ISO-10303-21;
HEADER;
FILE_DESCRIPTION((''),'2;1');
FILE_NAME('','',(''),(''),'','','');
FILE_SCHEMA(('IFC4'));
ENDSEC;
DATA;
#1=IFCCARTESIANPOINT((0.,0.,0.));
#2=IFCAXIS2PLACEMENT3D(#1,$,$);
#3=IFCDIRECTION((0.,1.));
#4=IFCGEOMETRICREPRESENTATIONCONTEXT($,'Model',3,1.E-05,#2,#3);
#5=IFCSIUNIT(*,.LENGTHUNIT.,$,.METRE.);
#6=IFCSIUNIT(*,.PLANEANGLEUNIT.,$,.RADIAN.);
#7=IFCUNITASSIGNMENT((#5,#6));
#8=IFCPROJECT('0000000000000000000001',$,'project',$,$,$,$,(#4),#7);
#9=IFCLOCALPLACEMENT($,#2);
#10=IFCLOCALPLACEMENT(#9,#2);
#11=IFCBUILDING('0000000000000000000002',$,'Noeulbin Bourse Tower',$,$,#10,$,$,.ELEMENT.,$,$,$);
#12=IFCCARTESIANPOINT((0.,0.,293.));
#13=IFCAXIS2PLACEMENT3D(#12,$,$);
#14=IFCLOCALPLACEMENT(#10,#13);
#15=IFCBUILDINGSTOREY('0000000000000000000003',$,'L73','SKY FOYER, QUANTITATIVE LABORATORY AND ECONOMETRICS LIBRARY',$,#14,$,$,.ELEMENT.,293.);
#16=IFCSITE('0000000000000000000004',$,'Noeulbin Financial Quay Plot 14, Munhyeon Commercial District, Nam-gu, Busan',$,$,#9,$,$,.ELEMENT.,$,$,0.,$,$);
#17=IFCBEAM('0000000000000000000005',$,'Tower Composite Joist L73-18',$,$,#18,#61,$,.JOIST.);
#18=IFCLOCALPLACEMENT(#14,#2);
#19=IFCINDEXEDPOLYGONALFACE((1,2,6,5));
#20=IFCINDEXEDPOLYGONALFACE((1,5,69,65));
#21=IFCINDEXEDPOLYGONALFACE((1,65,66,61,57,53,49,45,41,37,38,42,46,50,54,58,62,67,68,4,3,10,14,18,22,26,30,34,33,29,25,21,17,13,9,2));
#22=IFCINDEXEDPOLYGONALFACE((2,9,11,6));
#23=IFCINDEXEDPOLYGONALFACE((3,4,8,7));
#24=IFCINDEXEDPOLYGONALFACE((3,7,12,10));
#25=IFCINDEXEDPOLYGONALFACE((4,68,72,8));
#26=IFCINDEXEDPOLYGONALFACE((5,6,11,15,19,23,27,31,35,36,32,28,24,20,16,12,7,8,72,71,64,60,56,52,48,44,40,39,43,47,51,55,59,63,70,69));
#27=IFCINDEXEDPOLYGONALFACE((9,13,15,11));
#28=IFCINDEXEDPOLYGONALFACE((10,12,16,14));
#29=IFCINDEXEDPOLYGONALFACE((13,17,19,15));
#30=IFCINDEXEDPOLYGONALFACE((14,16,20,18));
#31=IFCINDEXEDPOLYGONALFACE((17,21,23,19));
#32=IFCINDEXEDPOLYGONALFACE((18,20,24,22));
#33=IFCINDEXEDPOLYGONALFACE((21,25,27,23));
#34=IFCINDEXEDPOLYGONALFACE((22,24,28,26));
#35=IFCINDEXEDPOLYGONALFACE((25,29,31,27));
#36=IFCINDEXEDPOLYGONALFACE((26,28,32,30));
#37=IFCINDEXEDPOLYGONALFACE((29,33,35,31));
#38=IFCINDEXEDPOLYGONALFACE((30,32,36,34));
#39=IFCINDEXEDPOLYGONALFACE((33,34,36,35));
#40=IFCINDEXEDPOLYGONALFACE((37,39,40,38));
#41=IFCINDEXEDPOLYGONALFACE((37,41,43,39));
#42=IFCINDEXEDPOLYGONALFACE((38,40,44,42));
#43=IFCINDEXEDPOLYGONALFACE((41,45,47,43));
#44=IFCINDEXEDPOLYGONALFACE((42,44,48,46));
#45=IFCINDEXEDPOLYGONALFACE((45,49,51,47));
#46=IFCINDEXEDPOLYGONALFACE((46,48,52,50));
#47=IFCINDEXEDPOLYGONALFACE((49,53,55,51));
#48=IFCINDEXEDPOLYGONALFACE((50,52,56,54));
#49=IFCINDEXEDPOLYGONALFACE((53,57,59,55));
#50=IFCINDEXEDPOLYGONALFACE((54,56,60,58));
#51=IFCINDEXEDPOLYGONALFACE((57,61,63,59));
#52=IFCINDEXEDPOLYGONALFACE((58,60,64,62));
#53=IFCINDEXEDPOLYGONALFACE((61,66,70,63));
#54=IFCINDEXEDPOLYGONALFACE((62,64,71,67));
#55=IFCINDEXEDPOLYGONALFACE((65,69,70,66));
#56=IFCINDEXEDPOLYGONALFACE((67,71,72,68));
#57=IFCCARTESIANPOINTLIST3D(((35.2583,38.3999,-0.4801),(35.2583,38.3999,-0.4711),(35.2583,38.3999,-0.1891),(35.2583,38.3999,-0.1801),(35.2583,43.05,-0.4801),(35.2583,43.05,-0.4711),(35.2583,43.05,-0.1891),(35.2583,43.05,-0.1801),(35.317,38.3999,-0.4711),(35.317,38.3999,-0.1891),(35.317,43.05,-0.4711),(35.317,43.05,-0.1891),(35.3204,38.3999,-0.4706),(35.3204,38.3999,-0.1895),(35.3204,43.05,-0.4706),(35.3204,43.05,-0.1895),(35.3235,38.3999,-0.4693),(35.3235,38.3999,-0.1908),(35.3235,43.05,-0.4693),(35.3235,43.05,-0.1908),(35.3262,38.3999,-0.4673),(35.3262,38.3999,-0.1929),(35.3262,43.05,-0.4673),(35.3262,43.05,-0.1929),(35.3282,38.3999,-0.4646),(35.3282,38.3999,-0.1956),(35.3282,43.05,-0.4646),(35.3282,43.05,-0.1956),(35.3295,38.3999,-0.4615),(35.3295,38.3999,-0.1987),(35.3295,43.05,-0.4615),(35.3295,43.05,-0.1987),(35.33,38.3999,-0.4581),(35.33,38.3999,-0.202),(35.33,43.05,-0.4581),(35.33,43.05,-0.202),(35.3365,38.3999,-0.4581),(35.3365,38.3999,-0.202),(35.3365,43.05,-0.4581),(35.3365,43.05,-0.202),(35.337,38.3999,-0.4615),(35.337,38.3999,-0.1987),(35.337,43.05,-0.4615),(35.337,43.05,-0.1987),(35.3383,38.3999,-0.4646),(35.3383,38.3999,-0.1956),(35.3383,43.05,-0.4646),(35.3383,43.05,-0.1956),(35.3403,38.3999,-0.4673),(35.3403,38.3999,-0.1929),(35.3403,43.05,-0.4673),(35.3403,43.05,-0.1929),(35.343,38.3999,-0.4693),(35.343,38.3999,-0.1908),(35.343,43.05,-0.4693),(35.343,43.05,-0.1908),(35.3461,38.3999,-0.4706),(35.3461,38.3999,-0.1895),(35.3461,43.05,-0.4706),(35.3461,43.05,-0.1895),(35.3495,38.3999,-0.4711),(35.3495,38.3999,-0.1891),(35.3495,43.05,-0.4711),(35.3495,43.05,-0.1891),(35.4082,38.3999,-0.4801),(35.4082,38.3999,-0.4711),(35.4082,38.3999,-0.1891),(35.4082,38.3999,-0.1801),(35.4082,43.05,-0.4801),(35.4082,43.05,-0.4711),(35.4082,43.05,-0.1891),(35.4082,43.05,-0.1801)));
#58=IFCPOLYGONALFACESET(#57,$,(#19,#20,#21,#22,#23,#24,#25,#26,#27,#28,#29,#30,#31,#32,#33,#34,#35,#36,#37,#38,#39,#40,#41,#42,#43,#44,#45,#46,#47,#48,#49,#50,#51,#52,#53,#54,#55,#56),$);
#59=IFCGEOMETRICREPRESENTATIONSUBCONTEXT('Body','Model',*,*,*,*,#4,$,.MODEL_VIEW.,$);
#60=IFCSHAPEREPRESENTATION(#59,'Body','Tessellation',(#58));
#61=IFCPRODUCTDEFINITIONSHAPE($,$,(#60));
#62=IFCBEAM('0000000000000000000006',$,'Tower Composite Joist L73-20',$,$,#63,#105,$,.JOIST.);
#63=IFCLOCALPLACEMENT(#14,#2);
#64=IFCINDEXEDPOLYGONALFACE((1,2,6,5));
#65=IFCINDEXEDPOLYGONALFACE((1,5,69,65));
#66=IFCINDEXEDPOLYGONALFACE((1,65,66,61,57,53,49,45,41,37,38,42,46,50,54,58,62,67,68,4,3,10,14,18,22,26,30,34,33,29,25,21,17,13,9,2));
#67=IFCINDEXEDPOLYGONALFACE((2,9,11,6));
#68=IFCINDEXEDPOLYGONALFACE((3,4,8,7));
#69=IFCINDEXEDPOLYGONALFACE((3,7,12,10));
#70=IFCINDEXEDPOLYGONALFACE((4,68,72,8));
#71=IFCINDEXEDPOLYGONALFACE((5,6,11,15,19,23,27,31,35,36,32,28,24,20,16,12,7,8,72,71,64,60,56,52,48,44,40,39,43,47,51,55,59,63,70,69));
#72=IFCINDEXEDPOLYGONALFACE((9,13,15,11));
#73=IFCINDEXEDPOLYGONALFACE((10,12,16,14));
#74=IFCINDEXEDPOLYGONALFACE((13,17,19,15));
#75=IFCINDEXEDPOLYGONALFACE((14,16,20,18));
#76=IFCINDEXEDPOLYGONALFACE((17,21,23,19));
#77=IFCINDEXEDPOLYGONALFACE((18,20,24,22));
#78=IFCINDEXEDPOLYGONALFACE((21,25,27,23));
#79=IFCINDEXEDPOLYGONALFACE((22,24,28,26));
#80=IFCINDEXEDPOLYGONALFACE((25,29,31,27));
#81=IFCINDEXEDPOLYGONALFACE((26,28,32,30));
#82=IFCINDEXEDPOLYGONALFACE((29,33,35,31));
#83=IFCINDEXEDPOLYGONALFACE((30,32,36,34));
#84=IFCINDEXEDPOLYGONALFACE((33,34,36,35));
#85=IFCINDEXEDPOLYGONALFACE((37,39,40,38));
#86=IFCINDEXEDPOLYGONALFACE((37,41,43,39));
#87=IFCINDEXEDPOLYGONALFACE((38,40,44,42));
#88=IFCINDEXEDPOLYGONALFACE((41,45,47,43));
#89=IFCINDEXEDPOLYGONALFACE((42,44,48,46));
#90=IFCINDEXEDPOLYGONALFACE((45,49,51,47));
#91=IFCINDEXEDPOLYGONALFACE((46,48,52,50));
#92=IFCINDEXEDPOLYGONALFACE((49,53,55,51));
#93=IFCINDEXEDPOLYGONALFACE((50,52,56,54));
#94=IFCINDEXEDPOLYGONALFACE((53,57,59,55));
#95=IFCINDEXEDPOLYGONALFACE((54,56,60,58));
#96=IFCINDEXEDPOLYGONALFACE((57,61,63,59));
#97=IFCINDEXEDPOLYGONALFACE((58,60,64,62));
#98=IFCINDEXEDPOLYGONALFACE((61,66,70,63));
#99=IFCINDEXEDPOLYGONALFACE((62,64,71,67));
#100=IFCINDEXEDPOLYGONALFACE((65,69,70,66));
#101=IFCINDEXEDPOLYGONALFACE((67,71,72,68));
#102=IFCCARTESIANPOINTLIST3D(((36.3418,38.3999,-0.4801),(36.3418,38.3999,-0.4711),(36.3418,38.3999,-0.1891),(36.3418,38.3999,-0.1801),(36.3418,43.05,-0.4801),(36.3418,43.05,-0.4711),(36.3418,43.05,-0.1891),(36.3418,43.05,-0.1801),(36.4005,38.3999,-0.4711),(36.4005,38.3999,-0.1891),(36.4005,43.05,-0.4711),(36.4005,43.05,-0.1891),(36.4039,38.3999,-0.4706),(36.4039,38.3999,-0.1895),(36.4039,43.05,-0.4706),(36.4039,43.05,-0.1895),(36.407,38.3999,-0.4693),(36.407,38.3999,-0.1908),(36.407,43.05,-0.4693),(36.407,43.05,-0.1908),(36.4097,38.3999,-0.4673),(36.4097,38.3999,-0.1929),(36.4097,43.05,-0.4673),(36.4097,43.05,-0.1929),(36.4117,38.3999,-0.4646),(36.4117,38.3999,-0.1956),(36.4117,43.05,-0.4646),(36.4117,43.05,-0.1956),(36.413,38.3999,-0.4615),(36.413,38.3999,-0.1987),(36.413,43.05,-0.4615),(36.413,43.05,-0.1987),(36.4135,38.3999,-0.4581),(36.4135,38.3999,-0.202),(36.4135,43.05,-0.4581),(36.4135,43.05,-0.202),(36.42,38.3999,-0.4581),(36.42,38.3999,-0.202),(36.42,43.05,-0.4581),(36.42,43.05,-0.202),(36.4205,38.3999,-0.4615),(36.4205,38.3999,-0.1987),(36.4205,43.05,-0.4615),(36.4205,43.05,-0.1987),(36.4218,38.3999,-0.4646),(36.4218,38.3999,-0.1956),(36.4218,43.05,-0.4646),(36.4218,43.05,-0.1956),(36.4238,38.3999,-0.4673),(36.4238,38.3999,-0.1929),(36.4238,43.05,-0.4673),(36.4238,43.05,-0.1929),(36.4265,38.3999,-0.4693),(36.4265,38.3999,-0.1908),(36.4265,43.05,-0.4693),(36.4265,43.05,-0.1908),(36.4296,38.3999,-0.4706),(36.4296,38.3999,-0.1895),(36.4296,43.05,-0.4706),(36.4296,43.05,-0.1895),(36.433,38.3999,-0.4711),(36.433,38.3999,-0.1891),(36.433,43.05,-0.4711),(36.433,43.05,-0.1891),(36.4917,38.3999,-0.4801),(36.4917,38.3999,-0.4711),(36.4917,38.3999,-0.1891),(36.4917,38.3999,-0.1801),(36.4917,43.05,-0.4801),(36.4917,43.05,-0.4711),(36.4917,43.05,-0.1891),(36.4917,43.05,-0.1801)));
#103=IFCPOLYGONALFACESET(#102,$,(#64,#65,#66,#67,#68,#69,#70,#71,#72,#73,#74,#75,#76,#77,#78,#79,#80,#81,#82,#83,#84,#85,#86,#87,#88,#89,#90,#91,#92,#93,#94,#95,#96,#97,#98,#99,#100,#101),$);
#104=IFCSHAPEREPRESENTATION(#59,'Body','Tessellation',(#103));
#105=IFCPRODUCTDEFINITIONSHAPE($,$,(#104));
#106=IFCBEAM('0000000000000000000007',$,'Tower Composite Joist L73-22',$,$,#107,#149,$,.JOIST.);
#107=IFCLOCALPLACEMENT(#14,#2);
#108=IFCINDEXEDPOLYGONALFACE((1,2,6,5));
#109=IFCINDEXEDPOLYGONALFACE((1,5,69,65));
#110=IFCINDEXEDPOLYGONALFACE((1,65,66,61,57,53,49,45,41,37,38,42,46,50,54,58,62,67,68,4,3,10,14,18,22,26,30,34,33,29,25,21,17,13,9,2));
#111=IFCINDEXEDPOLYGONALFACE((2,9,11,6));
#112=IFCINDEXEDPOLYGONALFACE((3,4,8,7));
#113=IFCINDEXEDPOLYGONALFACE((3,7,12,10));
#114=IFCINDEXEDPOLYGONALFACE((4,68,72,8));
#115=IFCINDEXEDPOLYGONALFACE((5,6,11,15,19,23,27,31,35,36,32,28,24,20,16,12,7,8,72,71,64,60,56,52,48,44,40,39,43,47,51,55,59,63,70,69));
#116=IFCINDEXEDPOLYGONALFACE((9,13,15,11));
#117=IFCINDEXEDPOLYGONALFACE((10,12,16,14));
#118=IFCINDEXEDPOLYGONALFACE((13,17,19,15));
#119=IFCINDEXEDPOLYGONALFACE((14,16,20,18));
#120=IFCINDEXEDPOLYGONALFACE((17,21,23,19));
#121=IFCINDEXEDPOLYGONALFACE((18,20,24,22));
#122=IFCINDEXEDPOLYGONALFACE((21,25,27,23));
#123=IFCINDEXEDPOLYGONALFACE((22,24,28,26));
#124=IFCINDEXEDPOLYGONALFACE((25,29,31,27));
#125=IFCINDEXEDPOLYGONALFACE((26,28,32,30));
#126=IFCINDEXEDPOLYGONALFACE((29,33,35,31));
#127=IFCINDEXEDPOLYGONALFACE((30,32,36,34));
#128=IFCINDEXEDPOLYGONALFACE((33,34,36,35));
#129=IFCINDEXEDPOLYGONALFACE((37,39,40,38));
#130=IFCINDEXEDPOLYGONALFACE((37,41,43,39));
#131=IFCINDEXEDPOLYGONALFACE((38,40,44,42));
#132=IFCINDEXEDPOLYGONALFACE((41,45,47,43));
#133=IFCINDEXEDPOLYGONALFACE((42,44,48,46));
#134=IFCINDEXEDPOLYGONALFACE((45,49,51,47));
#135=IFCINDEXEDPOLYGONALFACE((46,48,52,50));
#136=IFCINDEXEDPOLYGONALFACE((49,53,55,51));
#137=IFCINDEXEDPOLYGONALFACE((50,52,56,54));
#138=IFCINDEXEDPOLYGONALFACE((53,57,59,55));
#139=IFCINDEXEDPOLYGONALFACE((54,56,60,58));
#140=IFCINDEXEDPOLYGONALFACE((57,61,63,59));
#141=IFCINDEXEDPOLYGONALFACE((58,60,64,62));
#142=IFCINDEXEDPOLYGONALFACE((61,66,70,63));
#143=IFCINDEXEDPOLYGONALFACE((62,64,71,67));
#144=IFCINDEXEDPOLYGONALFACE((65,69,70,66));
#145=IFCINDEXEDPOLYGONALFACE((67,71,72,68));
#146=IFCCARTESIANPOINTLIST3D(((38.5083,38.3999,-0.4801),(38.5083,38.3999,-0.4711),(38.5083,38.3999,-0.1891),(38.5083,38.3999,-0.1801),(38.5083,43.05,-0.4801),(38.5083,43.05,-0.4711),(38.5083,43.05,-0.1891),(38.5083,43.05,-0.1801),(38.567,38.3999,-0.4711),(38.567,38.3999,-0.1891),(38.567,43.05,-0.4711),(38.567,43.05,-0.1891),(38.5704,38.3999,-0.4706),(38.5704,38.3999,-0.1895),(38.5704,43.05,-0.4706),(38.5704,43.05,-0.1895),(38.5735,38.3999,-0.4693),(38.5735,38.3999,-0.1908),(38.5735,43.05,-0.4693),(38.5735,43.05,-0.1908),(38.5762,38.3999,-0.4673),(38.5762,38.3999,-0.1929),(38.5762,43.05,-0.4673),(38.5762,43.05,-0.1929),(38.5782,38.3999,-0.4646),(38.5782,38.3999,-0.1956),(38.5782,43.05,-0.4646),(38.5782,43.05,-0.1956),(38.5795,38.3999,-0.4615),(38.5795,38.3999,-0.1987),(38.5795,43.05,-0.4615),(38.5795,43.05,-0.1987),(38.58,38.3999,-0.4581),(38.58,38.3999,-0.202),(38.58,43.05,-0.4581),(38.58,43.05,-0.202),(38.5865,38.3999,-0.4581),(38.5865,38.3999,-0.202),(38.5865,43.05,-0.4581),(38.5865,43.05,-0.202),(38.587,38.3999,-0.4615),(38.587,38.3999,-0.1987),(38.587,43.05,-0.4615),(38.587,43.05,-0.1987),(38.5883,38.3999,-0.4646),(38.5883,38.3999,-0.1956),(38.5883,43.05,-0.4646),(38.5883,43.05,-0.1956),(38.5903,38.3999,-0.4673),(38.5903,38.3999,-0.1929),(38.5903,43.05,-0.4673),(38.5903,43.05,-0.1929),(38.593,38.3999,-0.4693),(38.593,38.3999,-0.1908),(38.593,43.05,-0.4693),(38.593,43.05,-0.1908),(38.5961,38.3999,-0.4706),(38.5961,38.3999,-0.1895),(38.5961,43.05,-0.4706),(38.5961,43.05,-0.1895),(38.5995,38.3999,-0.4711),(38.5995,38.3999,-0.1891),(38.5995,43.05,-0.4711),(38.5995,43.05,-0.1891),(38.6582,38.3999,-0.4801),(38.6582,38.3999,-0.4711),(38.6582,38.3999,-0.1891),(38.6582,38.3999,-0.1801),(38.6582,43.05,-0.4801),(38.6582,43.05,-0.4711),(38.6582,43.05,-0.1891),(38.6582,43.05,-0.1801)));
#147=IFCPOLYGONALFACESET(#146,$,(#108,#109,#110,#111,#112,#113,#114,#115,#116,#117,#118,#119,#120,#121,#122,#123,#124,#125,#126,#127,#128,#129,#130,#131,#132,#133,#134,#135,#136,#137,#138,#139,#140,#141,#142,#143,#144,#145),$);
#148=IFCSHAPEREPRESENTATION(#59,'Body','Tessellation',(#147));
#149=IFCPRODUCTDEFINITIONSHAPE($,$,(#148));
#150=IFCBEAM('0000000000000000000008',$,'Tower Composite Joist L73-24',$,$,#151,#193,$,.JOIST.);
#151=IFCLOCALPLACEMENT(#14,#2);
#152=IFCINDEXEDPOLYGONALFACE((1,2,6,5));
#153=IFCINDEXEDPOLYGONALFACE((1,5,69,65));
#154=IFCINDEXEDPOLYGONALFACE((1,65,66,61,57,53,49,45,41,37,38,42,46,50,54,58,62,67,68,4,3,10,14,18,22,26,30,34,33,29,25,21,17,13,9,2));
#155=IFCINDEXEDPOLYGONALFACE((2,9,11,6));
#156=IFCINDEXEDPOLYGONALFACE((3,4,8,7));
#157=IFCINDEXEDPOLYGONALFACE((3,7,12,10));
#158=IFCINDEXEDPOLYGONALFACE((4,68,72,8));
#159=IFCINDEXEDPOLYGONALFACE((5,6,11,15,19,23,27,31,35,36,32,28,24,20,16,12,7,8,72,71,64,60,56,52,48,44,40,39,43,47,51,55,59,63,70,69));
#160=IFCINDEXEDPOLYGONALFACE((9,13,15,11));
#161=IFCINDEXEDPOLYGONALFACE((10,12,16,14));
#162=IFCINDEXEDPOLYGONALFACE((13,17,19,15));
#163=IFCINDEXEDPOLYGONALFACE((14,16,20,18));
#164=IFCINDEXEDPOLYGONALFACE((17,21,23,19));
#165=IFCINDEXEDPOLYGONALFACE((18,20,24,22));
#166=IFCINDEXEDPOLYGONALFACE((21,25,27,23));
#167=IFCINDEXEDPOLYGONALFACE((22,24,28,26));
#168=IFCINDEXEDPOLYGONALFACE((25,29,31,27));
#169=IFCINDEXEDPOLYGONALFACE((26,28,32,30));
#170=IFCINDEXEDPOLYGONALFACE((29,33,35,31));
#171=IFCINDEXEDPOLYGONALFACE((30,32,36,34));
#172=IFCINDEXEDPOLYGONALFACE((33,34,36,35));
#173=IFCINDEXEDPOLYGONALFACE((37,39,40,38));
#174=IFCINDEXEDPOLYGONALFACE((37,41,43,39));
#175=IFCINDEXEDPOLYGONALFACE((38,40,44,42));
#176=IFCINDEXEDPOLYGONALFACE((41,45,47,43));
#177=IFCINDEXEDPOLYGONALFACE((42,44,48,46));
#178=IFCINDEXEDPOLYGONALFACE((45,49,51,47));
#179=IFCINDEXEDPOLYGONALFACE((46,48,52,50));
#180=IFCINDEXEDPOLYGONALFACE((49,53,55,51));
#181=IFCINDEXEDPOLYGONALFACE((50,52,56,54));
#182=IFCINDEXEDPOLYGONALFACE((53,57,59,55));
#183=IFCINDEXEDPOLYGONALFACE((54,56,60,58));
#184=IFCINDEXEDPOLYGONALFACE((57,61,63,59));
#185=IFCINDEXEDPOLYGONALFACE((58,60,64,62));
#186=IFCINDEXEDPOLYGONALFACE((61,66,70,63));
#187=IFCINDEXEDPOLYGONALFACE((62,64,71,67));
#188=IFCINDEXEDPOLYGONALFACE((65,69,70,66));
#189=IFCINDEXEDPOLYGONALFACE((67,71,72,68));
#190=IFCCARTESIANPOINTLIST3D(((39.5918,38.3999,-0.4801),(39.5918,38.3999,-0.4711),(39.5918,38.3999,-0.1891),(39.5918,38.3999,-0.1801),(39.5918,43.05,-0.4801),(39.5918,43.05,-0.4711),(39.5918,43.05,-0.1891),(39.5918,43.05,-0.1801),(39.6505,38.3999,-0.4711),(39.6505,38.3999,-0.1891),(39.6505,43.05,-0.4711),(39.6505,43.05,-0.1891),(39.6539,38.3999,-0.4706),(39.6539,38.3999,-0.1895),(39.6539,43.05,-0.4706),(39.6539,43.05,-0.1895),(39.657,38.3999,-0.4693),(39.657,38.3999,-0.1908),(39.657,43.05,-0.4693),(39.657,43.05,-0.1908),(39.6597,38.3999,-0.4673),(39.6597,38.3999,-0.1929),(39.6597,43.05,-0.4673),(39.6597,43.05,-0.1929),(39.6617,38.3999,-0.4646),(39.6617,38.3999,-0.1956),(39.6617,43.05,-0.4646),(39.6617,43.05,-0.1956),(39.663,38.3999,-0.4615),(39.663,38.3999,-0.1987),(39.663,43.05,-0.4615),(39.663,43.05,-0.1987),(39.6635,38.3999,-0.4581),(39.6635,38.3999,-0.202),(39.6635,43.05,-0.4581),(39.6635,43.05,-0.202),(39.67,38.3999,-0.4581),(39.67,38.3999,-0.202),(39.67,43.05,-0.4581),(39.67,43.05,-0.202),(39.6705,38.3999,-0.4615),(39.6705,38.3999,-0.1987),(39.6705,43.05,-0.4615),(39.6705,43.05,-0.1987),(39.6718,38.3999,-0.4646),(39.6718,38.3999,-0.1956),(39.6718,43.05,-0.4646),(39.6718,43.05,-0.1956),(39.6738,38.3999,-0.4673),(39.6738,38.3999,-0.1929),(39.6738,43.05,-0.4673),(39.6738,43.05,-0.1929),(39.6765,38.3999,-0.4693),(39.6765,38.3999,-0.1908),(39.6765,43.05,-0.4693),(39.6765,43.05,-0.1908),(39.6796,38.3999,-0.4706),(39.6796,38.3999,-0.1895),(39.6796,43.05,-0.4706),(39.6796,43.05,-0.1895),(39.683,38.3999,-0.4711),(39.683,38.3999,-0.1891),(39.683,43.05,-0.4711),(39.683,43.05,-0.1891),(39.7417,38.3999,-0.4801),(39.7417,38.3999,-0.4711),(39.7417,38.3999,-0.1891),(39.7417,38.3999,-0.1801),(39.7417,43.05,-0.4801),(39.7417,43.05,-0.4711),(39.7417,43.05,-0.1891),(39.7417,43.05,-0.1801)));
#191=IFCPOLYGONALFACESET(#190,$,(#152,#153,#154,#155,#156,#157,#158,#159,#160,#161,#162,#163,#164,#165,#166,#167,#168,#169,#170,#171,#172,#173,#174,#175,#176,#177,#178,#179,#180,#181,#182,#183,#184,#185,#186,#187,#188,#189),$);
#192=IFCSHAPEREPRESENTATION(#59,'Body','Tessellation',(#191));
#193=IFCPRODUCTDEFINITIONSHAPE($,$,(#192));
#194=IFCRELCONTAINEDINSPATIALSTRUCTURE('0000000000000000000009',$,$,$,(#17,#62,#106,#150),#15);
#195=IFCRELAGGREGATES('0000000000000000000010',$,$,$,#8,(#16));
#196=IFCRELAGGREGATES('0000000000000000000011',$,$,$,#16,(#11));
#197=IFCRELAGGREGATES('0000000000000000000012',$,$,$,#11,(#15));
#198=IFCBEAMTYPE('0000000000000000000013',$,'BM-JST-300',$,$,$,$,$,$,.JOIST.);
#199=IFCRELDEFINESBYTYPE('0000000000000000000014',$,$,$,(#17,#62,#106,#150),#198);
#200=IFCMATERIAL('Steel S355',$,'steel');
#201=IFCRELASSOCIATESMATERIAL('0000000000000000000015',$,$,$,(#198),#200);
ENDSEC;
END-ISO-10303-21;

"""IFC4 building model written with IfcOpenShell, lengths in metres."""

from ifc_helpers import new_model, si_unit, direction, frame, origin, origin_2d, place, context, subcontext, project, spatial, i_section, extrude, material, material_profile, profile_set, type_object, element, save


model = new_model("IFC4")

# Units and contexts
model_context = context("Model", 3, precision=1e-05, world=origin(), true_north=direction((0.0, 1.0)))
body_context = subcontext(model_context, "Body", "Model", "MODEL_VIEW")
ifc_project = project(units=[si_unit("LENGTHUNIT", "METRE"), si_unit("PLANEANGLEUNIT", "RADIAN")], contexts=[model_context])

# Site, building, storey
site_placement = place(None, origin())
site = spatial("IfcSite", under=ifc_project, at=site_placement, Name="Noeulbin Financial Quay Plot 14, Munhyeon Commercial District, Nam-gu, Busan", CompositionType="ELEMENT", RefElevation=0.0)
building_placement = place(site_placement, origin())
building = spatial("IfcBuilding", under=site, at=building_placement, Name="Noeulbin Bourse Tower", CompositionType="ELEMENT")
storey_placement = place(building_placement, frame((0.0, 0.0, 293.0)))
storey = spatial("IfcBuildingStorey", under=building, at=storey_placement, Name="L73", Description="SKY FOYER, QUANTITATIVE LABORATORY AND ECONOMETRICS LIBRARY", CompositionType="ELEMENT", Elevation=293.0)

# Shared definitions
ifc_material_1 = material(Name="Steel S355", Category="steel")

# Beams
ifc_material_profile_1 = material_profile(ifc_material_1, i_section(OverallWidth=0.1499, OverallDepth=0.3, WebThickness=0.0066, FlangeThickness=0.009, FilletRadius=0.0129, at=origin_2d()), Name="H-300x150x6.5x9", Category="LoadBearing")
ifc_profile_set_1 = profile_set([ifc_material_profile_1], Name="Steel S355")
beam_type_1 = type_object("IfcBeamType", Name="BM-JST-300", PredefinedType="JOIST", material=ifc_profile_set_1)
for number, where, z_axis, x_axis, name in (
    (1, (35.3333, 38.3999, -0.3301), (0.0, 1.0, 0.0), (-1.0, 0.0, 0.0), "Tower Composite Joist L73-18"),
    (2, (36.4167, 38.3999, -0.3301), (0.0, 1.0, 0.0), (-1.0, 0.0, 0.0), "Tower Composite Joist L73-20"),
    (3, (38.5833, 38.3999, -0.3301), (0.0, 1.0, 0.0), (-1.0, 0.0, 0.0), "Tower Composite Joist L73-22"),
    (4, (39.6667, 38.3999, -0.3301), (0.0, 1.0, 0.0), (-1.0, 0.0, 0.0), "Tower Composite Joist L73-24"),
):
    element("IfcBeam", number, at=place(storey_placement, frame(where, z_axis=z_axis, x_axis=x_axis)), inside=storey, type_object=beam_type_1, Name=name, PredefinedType="JOIST", context=body_context, shape_type="SweptSolid", body=[
        extrude(i_section(OverallWidth=0.1499, OverallDepth=0.3, WebThickness=0.0066, FlangeThickness=0.009, FilletRadius=0.0129, at=origin_2d()), origin(), (0.0, 0.0, 1.0), 4.6501),
    ])

save(model, "model.ifc")
